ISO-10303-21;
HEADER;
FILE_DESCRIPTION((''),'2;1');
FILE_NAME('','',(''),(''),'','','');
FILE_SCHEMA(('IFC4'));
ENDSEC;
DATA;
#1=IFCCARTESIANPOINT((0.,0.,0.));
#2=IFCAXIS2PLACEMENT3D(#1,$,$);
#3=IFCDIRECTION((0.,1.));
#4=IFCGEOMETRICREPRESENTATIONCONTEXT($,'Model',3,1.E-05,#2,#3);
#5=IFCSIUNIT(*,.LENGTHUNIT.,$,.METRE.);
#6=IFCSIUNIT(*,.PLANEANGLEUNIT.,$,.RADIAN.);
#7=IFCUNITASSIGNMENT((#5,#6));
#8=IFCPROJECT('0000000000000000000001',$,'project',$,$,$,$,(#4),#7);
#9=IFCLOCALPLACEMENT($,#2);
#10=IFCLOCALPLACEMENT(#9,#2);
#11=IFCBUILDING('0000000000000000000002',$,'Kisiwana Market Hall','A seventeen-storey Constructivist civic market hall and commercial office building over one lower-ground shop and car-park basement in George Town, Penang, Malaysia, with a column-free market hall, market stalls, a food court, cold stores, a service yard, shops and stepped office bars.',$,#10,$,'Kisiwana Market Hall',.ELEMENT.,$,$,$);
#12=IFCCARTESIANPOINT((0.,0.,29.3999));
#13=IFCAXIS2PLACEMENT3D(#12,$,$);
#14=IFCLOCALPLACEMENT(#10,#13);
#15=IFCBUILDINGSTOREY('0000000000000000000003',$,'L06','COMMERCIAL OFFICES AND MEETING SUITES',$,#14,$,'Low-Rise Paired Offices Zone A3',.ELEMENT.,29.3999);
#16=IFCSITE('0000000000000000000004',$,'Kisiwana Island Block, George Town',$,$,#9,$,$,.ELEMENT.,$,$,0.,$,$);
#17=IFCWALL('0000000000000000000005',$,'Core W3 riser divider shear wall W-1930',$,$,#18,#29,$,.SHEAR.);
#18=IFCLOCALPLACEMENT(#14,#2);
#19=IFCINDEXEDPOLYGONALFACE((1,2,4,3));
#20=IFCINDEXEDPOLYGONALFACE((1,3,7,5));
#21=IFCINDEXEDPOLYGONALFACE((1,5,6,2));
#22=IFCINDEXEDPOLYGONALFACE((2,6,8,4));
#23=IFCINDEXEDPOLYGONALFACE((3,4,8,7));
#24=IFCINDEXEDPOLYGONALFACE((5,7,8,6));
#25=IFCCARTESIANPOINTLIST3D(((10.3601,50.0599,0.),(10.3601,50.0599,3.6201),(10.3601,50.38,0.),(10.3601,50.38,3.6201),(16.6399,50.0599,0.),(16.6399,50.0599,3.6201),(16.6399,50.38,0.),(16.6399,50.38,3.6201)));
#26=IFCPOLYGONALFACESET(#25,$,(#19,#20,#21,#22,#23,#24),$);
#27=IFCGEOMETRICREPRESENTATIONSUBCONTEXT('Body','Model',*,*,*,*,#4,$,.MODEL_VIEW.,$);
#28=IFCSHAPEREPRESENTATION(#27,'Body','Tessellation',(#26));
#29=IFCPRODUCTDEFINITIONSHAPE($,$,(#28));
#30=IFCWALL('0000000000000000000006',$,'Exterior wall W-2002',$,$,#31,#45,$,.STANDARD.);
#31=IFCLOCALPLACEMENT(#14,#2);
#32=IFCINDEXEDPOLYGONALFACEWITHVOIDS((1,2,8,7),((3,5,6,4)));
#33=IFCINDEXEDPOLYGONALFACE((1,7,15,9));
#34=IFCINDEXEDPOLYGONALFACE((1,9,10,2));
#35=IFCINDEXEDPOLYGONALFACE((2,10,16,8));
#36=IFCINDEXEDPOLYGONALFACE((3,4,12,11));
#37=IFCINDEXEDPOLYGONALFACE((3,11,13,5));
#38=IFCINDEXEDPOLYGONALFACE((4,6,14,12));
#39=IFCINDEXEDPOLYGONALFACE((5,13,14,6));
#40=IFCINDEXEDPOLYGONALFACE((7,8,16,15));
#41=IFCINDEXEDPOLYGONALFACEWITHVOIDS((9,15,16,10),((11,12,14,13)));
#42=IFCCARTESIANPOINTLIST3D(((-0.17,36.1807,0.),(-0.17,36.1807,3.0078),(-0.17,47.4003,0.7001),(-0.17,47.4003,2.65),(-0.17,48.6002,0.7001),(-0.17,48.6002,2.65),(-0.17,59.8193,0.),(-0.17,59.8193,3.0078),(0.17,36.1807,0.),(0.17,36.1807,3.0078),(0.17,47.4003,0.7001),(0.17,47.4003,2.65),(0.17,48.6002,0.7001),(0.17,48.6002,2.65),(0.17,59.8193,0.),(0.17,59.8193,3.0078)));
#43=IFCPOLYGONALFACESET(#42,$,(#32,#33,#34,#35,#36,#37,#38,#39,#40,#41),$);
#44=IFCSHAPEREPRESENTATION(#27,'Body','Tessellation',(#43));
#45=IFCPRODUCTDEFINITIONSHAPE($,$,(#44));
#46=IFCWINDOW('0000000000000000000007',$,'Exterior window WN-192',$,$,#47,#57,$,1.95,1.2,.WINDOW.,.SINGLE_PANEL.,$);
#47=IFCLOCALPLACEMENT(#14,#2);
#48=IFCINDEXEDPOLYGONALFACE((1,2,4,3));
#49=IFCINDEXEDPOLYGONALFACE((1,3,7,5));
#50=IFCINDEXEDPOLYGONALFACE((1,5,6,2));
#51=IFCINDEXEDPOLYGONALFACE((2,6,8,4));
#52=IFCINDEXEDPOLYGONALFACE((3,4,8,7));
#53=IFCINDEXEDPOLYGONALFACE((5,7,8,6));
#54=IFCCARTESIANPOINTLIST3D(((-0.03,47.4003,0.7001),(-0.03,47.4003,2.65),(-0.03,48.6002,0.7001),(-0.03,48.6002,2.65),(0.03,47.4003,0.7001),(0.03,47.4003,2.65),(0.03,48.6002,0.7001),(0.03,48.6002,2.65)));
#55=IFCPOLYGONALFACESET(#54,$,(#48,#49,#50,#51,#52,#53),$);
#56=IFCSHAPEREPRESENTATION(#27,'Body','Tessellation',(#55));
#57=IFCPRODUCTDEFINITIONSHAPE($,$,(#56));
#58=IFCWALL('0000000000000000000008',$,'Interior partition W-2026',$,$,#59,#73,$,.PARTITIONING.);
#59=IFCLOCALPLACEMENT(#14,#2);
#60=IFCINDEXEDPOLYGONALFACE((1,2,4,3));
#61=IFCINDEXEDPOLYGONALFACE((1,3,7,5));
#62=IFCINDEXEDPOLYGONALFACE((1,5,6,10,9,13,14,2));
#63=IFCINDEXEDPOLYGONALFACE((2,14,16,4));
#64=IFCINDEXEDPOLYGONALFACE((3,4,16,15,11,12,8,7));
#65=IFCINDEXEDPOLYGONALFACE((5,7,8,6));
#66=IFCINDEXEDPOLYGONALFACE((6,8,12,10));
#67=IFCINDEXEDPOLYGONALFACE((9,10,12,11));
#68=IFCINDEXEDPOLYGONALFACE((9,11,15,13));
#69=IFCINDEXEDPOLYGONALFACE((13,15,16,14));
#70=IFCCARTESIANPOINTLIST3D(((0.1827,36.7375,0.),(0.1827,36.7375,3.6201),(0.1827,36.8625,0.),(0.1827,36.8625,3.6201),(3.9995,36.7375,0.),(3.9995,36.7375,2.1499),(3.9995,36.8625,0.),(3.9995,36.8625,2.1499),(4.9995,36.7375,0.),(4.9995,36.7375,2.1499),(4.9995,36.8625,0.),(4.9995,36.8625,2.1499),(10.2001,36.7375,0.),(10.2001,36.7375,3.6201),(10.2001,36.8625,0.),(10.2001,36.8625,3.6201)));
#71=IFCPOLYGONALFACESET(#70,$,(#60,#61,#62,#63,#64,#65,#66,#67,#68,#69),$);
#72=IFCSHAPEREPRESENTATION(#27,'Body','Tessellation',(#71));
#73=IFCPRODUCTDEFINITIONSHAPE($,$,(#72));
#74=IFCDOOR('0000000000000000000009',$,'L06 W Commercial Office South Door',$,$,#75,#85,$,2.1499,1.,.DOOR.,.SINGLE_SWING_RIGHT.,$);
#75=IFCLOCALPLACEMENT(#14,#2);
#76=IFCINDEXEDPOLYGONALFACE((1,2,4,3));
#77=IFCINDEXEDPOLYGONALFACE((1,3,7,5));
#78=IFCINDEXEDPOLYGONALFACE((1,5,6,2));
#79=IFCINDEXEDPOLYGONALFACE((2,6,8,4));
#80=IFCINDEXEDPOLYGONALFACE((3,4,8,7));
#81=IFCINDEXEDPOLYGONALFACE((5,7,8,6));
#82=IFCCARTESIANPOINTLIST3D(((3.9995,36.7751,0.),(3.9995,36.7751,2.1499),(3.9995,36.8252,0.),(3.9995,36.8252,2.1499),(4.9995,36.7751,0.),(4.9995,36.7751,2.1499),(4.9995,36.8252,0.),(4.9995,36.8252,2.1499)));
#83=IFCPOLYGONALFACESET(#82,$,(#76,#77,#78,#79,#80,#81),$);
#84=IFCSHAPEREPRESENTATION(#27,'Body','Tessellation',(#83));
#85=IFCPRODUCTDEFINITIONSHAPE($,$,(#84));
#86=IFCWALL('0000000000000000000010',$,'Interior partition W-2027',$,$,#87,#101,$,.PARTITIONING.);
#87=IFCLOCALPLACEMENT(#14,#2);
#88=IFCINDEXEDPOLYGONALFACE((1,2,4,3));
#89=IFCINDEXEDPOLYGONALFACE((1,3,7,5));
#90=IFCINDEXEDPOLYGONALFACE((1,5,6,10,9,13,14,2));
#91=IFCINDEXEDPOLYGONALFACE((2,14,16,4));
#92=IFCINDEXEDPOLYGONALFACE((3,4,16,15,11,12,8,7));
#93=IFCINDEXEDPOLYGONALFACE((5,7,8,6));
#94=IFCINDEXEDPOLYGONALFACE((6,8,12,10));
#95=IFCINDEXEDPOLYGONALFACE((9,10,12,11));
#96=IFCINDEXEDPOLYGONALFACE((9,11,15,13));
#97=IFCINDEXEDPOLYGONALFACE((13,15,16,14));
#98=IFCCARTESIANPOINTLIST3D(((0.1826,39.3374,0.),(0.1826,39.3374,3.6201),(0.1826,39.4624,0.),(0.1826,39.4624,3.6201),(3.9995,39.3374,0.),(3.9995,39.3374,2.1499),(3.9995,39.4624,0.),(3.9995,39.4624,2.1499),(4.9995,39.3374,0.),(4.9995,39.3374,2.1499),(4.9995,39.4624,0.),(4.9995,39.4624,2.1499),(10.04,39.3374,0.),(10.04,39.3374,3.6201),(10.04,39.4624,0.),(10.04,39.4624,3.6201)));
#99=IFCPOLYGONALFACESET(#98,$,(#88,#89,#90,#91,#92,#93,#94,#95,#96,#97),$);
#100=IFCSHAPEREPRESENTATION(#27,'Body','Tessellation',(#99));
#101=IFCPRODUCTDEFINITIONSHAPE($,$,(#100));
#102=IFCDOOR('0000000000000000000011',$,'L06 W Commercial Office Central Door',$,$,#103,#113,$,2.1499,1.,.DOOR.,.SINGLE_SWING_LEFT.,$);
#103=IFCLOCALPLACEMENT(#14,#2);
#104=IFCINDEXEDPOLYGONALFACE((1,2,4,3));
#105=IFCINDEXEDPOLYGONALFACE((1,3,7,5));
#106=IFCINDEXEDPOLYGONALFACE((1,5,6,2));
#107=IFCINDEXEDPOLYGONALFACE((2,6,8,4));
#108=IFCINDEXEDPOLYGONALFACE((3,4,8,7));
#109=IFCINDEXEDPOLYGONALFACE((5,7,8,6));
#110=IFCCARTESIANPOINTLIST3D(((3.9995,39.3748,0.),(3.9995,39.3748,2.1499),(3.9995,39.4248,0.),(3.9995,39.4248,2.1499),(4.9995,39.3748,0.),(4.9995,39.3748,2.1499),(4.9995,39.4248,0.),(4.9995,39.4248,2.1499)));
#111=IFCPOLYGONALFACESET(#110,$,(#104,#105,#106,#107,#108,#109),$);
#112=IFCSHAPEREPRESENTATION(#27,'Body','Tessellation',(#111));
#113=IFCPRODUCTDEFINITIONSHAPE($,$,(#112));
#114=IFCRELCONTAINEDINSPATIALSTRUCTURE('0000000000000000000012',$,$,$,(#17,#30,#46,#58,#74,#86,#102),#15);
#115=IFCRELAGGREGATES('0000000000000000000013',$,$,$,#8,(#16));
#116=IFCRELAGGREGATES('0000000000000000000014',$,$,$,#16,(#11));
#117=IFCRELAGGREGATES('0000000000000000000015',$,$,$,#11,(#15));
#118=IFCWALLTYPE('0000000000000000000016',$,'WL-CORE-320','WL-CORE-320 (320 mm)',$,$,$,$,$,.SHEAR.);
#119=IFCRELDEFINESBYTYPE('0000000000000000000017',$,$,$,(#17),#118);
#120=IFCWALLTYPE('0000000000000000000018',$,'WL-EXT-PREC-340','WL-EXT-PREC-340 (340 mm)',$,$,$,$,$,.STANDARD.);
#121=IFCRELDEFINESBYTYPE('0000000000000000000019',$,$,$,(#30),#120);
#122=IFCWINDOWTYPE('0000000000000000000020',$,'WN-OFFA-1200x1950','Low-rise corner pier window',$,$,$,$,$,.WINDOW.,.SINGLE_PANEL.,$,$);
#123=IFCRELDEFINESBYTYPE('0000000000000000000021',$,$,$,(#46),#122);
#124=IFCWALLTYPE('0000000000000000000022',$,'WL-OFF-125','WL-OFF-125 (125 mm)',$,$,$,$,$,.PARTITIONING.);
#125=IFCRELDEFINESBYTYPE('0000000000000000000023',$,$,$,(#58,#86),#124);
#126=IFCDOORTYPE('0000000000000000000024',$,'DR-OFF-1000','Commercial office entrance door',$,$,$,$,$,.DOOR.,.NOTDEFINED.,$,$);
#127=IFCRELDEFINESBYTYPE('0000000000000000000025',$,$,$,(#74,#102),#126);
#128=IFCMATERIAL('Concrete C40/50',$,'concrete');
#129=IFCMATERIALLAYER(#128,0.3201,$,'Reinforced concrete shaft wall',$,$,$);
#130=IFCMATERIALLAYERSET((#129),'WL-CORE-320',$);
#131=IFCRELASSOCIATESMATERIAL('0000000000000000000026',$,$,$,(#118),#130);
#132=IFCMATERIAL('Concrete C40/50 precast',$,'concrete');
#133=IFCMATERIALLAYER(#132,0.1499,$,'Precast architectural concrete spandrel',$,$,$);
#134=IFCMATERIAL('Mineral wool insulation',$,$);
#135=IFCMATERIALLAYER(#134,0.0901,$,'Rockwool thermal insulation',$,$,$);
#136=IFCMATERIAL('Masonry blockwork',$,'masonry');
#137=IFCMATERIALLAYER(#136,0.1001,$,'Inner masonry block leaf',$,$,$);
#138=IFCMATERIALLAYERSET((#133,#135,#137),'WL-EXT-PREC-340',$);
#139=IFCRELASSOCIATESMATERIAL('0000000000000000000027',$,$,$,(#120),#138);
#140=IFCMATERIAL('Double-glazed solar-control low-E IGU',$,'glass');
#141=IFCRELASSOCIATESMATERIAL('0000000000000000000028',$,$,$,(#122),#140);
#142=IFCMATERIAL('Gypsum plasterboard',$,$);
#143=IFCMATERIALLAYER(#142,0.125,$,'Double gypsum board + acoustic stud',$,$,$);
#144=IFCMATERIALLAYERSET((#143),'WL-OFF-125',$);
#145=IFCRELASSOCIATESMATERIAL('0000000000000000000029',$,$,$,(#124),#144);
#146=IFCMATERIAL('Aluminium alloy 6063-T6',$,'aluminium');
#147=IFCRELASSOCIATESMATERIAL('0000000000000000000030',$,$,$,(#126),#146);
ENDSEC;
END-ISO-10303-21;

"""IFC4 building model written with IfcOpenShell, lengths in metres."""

from ifc_helpers import new_model, si_unit, direction, frame, frame_2d, origin, place, context, subcontext, project, spatial, rectangle, extrude, material, layer, layer_set, type_object, element, fill, save


model = new_model("IFC4")

# Units and contexts
model_context = context("Model", 3, precision=1e-05, world=origin(), true_north=direction((0.0, 1.0)))
body_context = subcontext(model_context, "Body", "Model", "MODEL_VIEW")
ifc_project = project(units=[si_unit("LENGTHUNIT", "METRE"), si_unit("PLANEANGLEUNIT", "RADIAN")], contexts=[model_context])

# Site, building, storey
site_placement = place(None, origin())
site = spatial("IfcSite", under=ifc_project, at=site_placement, Name="Kisiwana Island Block, George Town", CompositionType="ELEMENT", RefElevation=0.0)
building_placement = place(site_placement, origin())
building = spatial("IfcBuilding", under=site, at=building_placement, Name="Kisiwana Market Hall", Description="A seventeen-storey Constructivist civic market hall and commercial office building over one lower-ground shop and car-park basement in George Town, Penang, Malaysia, with a column-free market hall, market stalls, a food court, cold stores, a service yard, shops and stepped office bars.", LongName="Kisiwana Market Hall", CompositionType="ELEMENT")
storey_placement = place(building_placement, frame((0.0, 0.0, 29.3999)))
storey = spatial("IfcBuildingStorey", under=building, at=storey_placement, Name="L06", Description="COMMERCIAL OFFICES AND MEETING SUITES", LongName="Low-Rise Paired Offices Zone A3", CompositionType="ELEMENT", Elevation=29.3999)

# Wall
ifc_material_1 = material(Name="Concrete C40/50", Category="concrete")
ifc_layer_1 = layer(ifc_material_1, 0.3201, Name="Reinforced concrete shaft wall")
ifc_layer_set_1 = layer_set([ifc_layer_1], Name="WL-CORE-320")
wall_type_1 = type_object("IfcWallType", Name="WL-CORE-320", Description="WL-CORE-320 (320 mm)", PredefinedType="SHEAR", material=ifc_layer_set_1)
wall_1_placement = place(storey_placement, frame((10.3601, 50.22, 0.0), z_axis=(0.0, 0.0, 1.0), x_axis=(1.0, 0.0, 0.0)))
element("IfcWall", 1, at=wall_1_placement, inside=storey, type_object=wall_type_1, Name="Core W3 riser divider shear wall W-1930", PredefinedType="SHEAR", context=body_context, shape_type="SweptSolid", body=[
    extrude(rectangle(XDim=6.2798, YDim=0.3201, at=frame_2d((3.1399, 0.0))), origin(), (0.0, 0.0, 1.0), 3.6201),
])

# Wall, opening, window
ifc_material_2 = material(Name="Concrete C40/50 precast", Category="concrete")
ifc_layer_2 = layer(ifc_material_2, 0.1499, Name="Precast architectural concrete spandrel")
ifc_material_3 = material(Name="Mineral wool insulation")
ifc_layer_3 = layer(ifc_material_3, 0.0901, Name="Rockwool thermal insulation")
ifc_material_4 = material(Name="Masonry blockwork", Category="masonry")
ifc_layer_4 = layer(ifc_material_4, 0.1001, Name="Inner masonry block leaf")
ifc_layer_set_2 = layer_set([ifc_layer_2, ifc_layer_3, ifc_layer_4], Name="WL-EXT-PREC-340")
wall_type_2 = type_object("IfcWallType", Name="WL-EXT-PREC-340", Description="WL-EXT-PREC-340 (340 mm)", PredefinedType="STANDARD", material=ifc_layer_set_2)
wall_2_placement = place(storey_placement, frame((0.0, 36.1807, 0.0), z_axis=(0.0, 0.0, 1.0), x_axis=(0.0, 1.0, 0.0)))
wall_2 = element("IfcWall", 2, at=wall_2_placement, inside=storey, type_object=wall_type_2, Name="Exterior wall W-2002", PredefinedType="STANDARD", context=body_context, shape_type="SweptSolid", body=[
    extrude(rectangle(XDim=23.6387, YDim=0.3401, at=frame_2d((11.8193, 0.0))), origin(), (0.0, 0.0, 1.0), 3.0078),
])
opening_1_placement = place(wall_2_placement, frame((11.2195, 0.0, 0.7)))
opening_1 = element("IfcOpeningElement", 3, at=opening_1_placement, cuts=wall_2, PredefinedType="OPENING", context=body_context, shape_type="SweptSolid", body=[
    extrude(rectangle(XDim=1.2, YDim=1.95, at=frame_2d((0.6001, 0.9751))), frame((0.0, 0.1821, 0.0), z_axis=(0.0, -1.0, 0.0), x_axis=(1.0, 0.0, 0.0)), (0.0, 0.0, 1.0), 0.364),
])
ifc_material_5 = material(Name="Double-glazed solar-control low-E IGU", Category="glass")
window_type = type_object("IfcWindowType", Name="WN-OFFA-1200x1950", Description="Low-rise corner pier window", PartitioningType="SINGLE_PANEL", PredefinedType="WINDOW", material=ifc_material_5)
window_placement = place(opening_1_placement, origin())
window = element("IfcWindow", 4, at=window_placement, inside=storey, type_object=window_type, Name="Exterior window WN-192", OverallHeight=1.95, OverallWidth=1.2, PartitioningType="SINGLE_PANEL", PredefinedType="WINDOW", context=body_context, shape_type="SweptSolid", body=[
    extrude(rectangle(XDim=1.2, YDim=1.95, at=frame_2d((0.6001, 0.9751))), frame((0.0, 0.03, 0.0), z_axis=(0.0, -1.0, 0.0), x_axis=(1.0, 0.0, 0.0)), (0.0, 0.0, 1.0), 0.0601),
])
fill(opening_1, window)

# Walls, openings, doors
ifc_material_6 = material(Name="Gypsum plasterboard")
ifc_layer_5 = layer(ifc_material_6, 0.125, Name="Double gypsum board + acoustic stud")
ifc_layer_set_3 = layer_set([ifc_layer_5], Name="WL-OFF-125")
wall_type_3 = type_object("IfcWallType", Name="WL-OFF-125", Description="WL-OFF-125 (125 mm)", PredefinedType="PARTITIONING", material=ifc_layer_set_3)
wall_3_placement = place(storey_placement, frame((0.1826, 36.8, 0.0), z_axis=(0.0, 0.0, 1.0), x_axis=(1.0, 0.0, 0.0)))
wall_3 = element("IfcWall", 5, at=wall_3_placement, inside=storey, type_object=wall_type_3, Name="Interior partition W-2026", PredefinedType="PARTITIONING", context=body_context, shape_type="SweptSolid", body=[
    extrude(rectangle(XDim=10.0173, YDim=0.125, at=frame_2d((5.0088, 0.0))), origin(), (0.0, 0.0, 1.0), 3.6201),
])
opening_2_placement = place(wall_3_placement, frame((3.8169, 0.0, 0.0)))
opening_2 = element("IfcOpeningElement", 6, at=opening_2_placement, cuts=wall_3, PredefinedType="OPENING", context=body_context, shape_type="SweptSolid", body=[
    extrude(rectangle(XDim=1.0, YDim=2.1499, at=frame_2d((0.5, 1.075))), frame((0.0, 0.0745, 0.0), z_axis=(0.0, -1.0, 0.0), x_axis=(1.0, 0.0, 0.0)), (0.0, 0.0, 1.0), 0.1489),
])
ifc_material_7 = material(Name="Aluminium alloy 6063-T6", Category="aluminium")
door_type = type_object("IfcDoorType", Name="DR-OFF-1000", Description="Commercial office entrance door", OperationType="NOTDEFINED", PredefinedType="DOOR", material=ifc_material_7)
door_1_placement = place(opening_2_placement, frame((1.0, 0.0, 0.0), z_axis=(0.0, 0.0, 1.0), x_axis=(-1.0, 0.0, 0.0)))
door_1 = element("IfcDoor", 7, at=door_1_placement, inside=storey, type_object=door_type, Name="L06 W Commercial Office South Door", OperationType="SINGLE_SWING_RIGHT", OverallHeight=2.1499, OverallWidth=1.0, PredefinedType="DOOR", context=body_context, shape_type="SweptSolid", body=[
    extrude(rectangle(XDim=1.0, YDim=2.1499, at=frame_2d((0.5, 1.075))), frame((0.0, 0.0249, 0.0), z_axis=(0.0, -1.0, 0.0), x_axis=(1.0, 0.0, 0.0)), (0.0, 0.0, 1.0), 0.05),
])
fill(opening_2, door_1)
wall_4_placement = place(storey_placement, frame((0.1826, 39.3999, 0.0), z_axis=(0.0, 0.0, 1.0), x_axis=(1.0, 0.0, 0.0)))
wall_4 = element("IfcWall", 8, at=wall_4_placement, inside=storey, type_object=wall_type_3, Name="Interior partition W-2027", PredefinedType="PARTITIONING", context=body_context, shape_type="SweptSolid", body=[
    extrude(rectangle(XDim=9.8574, YDim=0.125, at=frame_2d((4.9287, 0.0))), origin(), (0.0, 0.0, 1.0), 3.6201),
])
opening_3_placement = place(wall_4_placement, frame((3.8169, 0.0, 0.0)))
opening_3 = element("IfcOpeningElement", 9, at=opening_3_placement, cuts=wall_4, PredefinedType="OPENING", context=body_context, shape_type="SweptSolid", body=[
    extrude(rectangle(XDim=1.0, YDim=2.1499, at=frame_2d((0.5, 1.075))), frame((0.0, 0.0745, 0.0), z_axis=(0.0, -1.0, 0.0), x_axis=(1.0, 0.0, 0.0)), (0.0, 0.0, 1.0), 0.1489),
])
door_2_placement = place(opening_3_placement, origin())
door_2 = element("IfcDoor", 10, at=door_2_placement, inside=storey, type_object=door_type, Name="L06 W Commercial Office Central Door", OperationType="SINGLE_SWING_LEFT", OverallHeight=2.1499, OverallWidth=1.0, PredefinedType="DOOR", context=body_context, shape_type="SweptSolid", body=[
    extrude(rectangle(XDim=1.0, YDim=2.1499, at=frame_2d((0.5, 1.075))), frame((0.0, 0.0249, 0.0), z_axis=(0.0, -1.0, 0.0), x_axis=(1.0, 0.0, 0.0)), (0.0, 0.0, 1.0), 0.05),
])
fill(opening_3, door_2)

save(model, "model.ifc")
